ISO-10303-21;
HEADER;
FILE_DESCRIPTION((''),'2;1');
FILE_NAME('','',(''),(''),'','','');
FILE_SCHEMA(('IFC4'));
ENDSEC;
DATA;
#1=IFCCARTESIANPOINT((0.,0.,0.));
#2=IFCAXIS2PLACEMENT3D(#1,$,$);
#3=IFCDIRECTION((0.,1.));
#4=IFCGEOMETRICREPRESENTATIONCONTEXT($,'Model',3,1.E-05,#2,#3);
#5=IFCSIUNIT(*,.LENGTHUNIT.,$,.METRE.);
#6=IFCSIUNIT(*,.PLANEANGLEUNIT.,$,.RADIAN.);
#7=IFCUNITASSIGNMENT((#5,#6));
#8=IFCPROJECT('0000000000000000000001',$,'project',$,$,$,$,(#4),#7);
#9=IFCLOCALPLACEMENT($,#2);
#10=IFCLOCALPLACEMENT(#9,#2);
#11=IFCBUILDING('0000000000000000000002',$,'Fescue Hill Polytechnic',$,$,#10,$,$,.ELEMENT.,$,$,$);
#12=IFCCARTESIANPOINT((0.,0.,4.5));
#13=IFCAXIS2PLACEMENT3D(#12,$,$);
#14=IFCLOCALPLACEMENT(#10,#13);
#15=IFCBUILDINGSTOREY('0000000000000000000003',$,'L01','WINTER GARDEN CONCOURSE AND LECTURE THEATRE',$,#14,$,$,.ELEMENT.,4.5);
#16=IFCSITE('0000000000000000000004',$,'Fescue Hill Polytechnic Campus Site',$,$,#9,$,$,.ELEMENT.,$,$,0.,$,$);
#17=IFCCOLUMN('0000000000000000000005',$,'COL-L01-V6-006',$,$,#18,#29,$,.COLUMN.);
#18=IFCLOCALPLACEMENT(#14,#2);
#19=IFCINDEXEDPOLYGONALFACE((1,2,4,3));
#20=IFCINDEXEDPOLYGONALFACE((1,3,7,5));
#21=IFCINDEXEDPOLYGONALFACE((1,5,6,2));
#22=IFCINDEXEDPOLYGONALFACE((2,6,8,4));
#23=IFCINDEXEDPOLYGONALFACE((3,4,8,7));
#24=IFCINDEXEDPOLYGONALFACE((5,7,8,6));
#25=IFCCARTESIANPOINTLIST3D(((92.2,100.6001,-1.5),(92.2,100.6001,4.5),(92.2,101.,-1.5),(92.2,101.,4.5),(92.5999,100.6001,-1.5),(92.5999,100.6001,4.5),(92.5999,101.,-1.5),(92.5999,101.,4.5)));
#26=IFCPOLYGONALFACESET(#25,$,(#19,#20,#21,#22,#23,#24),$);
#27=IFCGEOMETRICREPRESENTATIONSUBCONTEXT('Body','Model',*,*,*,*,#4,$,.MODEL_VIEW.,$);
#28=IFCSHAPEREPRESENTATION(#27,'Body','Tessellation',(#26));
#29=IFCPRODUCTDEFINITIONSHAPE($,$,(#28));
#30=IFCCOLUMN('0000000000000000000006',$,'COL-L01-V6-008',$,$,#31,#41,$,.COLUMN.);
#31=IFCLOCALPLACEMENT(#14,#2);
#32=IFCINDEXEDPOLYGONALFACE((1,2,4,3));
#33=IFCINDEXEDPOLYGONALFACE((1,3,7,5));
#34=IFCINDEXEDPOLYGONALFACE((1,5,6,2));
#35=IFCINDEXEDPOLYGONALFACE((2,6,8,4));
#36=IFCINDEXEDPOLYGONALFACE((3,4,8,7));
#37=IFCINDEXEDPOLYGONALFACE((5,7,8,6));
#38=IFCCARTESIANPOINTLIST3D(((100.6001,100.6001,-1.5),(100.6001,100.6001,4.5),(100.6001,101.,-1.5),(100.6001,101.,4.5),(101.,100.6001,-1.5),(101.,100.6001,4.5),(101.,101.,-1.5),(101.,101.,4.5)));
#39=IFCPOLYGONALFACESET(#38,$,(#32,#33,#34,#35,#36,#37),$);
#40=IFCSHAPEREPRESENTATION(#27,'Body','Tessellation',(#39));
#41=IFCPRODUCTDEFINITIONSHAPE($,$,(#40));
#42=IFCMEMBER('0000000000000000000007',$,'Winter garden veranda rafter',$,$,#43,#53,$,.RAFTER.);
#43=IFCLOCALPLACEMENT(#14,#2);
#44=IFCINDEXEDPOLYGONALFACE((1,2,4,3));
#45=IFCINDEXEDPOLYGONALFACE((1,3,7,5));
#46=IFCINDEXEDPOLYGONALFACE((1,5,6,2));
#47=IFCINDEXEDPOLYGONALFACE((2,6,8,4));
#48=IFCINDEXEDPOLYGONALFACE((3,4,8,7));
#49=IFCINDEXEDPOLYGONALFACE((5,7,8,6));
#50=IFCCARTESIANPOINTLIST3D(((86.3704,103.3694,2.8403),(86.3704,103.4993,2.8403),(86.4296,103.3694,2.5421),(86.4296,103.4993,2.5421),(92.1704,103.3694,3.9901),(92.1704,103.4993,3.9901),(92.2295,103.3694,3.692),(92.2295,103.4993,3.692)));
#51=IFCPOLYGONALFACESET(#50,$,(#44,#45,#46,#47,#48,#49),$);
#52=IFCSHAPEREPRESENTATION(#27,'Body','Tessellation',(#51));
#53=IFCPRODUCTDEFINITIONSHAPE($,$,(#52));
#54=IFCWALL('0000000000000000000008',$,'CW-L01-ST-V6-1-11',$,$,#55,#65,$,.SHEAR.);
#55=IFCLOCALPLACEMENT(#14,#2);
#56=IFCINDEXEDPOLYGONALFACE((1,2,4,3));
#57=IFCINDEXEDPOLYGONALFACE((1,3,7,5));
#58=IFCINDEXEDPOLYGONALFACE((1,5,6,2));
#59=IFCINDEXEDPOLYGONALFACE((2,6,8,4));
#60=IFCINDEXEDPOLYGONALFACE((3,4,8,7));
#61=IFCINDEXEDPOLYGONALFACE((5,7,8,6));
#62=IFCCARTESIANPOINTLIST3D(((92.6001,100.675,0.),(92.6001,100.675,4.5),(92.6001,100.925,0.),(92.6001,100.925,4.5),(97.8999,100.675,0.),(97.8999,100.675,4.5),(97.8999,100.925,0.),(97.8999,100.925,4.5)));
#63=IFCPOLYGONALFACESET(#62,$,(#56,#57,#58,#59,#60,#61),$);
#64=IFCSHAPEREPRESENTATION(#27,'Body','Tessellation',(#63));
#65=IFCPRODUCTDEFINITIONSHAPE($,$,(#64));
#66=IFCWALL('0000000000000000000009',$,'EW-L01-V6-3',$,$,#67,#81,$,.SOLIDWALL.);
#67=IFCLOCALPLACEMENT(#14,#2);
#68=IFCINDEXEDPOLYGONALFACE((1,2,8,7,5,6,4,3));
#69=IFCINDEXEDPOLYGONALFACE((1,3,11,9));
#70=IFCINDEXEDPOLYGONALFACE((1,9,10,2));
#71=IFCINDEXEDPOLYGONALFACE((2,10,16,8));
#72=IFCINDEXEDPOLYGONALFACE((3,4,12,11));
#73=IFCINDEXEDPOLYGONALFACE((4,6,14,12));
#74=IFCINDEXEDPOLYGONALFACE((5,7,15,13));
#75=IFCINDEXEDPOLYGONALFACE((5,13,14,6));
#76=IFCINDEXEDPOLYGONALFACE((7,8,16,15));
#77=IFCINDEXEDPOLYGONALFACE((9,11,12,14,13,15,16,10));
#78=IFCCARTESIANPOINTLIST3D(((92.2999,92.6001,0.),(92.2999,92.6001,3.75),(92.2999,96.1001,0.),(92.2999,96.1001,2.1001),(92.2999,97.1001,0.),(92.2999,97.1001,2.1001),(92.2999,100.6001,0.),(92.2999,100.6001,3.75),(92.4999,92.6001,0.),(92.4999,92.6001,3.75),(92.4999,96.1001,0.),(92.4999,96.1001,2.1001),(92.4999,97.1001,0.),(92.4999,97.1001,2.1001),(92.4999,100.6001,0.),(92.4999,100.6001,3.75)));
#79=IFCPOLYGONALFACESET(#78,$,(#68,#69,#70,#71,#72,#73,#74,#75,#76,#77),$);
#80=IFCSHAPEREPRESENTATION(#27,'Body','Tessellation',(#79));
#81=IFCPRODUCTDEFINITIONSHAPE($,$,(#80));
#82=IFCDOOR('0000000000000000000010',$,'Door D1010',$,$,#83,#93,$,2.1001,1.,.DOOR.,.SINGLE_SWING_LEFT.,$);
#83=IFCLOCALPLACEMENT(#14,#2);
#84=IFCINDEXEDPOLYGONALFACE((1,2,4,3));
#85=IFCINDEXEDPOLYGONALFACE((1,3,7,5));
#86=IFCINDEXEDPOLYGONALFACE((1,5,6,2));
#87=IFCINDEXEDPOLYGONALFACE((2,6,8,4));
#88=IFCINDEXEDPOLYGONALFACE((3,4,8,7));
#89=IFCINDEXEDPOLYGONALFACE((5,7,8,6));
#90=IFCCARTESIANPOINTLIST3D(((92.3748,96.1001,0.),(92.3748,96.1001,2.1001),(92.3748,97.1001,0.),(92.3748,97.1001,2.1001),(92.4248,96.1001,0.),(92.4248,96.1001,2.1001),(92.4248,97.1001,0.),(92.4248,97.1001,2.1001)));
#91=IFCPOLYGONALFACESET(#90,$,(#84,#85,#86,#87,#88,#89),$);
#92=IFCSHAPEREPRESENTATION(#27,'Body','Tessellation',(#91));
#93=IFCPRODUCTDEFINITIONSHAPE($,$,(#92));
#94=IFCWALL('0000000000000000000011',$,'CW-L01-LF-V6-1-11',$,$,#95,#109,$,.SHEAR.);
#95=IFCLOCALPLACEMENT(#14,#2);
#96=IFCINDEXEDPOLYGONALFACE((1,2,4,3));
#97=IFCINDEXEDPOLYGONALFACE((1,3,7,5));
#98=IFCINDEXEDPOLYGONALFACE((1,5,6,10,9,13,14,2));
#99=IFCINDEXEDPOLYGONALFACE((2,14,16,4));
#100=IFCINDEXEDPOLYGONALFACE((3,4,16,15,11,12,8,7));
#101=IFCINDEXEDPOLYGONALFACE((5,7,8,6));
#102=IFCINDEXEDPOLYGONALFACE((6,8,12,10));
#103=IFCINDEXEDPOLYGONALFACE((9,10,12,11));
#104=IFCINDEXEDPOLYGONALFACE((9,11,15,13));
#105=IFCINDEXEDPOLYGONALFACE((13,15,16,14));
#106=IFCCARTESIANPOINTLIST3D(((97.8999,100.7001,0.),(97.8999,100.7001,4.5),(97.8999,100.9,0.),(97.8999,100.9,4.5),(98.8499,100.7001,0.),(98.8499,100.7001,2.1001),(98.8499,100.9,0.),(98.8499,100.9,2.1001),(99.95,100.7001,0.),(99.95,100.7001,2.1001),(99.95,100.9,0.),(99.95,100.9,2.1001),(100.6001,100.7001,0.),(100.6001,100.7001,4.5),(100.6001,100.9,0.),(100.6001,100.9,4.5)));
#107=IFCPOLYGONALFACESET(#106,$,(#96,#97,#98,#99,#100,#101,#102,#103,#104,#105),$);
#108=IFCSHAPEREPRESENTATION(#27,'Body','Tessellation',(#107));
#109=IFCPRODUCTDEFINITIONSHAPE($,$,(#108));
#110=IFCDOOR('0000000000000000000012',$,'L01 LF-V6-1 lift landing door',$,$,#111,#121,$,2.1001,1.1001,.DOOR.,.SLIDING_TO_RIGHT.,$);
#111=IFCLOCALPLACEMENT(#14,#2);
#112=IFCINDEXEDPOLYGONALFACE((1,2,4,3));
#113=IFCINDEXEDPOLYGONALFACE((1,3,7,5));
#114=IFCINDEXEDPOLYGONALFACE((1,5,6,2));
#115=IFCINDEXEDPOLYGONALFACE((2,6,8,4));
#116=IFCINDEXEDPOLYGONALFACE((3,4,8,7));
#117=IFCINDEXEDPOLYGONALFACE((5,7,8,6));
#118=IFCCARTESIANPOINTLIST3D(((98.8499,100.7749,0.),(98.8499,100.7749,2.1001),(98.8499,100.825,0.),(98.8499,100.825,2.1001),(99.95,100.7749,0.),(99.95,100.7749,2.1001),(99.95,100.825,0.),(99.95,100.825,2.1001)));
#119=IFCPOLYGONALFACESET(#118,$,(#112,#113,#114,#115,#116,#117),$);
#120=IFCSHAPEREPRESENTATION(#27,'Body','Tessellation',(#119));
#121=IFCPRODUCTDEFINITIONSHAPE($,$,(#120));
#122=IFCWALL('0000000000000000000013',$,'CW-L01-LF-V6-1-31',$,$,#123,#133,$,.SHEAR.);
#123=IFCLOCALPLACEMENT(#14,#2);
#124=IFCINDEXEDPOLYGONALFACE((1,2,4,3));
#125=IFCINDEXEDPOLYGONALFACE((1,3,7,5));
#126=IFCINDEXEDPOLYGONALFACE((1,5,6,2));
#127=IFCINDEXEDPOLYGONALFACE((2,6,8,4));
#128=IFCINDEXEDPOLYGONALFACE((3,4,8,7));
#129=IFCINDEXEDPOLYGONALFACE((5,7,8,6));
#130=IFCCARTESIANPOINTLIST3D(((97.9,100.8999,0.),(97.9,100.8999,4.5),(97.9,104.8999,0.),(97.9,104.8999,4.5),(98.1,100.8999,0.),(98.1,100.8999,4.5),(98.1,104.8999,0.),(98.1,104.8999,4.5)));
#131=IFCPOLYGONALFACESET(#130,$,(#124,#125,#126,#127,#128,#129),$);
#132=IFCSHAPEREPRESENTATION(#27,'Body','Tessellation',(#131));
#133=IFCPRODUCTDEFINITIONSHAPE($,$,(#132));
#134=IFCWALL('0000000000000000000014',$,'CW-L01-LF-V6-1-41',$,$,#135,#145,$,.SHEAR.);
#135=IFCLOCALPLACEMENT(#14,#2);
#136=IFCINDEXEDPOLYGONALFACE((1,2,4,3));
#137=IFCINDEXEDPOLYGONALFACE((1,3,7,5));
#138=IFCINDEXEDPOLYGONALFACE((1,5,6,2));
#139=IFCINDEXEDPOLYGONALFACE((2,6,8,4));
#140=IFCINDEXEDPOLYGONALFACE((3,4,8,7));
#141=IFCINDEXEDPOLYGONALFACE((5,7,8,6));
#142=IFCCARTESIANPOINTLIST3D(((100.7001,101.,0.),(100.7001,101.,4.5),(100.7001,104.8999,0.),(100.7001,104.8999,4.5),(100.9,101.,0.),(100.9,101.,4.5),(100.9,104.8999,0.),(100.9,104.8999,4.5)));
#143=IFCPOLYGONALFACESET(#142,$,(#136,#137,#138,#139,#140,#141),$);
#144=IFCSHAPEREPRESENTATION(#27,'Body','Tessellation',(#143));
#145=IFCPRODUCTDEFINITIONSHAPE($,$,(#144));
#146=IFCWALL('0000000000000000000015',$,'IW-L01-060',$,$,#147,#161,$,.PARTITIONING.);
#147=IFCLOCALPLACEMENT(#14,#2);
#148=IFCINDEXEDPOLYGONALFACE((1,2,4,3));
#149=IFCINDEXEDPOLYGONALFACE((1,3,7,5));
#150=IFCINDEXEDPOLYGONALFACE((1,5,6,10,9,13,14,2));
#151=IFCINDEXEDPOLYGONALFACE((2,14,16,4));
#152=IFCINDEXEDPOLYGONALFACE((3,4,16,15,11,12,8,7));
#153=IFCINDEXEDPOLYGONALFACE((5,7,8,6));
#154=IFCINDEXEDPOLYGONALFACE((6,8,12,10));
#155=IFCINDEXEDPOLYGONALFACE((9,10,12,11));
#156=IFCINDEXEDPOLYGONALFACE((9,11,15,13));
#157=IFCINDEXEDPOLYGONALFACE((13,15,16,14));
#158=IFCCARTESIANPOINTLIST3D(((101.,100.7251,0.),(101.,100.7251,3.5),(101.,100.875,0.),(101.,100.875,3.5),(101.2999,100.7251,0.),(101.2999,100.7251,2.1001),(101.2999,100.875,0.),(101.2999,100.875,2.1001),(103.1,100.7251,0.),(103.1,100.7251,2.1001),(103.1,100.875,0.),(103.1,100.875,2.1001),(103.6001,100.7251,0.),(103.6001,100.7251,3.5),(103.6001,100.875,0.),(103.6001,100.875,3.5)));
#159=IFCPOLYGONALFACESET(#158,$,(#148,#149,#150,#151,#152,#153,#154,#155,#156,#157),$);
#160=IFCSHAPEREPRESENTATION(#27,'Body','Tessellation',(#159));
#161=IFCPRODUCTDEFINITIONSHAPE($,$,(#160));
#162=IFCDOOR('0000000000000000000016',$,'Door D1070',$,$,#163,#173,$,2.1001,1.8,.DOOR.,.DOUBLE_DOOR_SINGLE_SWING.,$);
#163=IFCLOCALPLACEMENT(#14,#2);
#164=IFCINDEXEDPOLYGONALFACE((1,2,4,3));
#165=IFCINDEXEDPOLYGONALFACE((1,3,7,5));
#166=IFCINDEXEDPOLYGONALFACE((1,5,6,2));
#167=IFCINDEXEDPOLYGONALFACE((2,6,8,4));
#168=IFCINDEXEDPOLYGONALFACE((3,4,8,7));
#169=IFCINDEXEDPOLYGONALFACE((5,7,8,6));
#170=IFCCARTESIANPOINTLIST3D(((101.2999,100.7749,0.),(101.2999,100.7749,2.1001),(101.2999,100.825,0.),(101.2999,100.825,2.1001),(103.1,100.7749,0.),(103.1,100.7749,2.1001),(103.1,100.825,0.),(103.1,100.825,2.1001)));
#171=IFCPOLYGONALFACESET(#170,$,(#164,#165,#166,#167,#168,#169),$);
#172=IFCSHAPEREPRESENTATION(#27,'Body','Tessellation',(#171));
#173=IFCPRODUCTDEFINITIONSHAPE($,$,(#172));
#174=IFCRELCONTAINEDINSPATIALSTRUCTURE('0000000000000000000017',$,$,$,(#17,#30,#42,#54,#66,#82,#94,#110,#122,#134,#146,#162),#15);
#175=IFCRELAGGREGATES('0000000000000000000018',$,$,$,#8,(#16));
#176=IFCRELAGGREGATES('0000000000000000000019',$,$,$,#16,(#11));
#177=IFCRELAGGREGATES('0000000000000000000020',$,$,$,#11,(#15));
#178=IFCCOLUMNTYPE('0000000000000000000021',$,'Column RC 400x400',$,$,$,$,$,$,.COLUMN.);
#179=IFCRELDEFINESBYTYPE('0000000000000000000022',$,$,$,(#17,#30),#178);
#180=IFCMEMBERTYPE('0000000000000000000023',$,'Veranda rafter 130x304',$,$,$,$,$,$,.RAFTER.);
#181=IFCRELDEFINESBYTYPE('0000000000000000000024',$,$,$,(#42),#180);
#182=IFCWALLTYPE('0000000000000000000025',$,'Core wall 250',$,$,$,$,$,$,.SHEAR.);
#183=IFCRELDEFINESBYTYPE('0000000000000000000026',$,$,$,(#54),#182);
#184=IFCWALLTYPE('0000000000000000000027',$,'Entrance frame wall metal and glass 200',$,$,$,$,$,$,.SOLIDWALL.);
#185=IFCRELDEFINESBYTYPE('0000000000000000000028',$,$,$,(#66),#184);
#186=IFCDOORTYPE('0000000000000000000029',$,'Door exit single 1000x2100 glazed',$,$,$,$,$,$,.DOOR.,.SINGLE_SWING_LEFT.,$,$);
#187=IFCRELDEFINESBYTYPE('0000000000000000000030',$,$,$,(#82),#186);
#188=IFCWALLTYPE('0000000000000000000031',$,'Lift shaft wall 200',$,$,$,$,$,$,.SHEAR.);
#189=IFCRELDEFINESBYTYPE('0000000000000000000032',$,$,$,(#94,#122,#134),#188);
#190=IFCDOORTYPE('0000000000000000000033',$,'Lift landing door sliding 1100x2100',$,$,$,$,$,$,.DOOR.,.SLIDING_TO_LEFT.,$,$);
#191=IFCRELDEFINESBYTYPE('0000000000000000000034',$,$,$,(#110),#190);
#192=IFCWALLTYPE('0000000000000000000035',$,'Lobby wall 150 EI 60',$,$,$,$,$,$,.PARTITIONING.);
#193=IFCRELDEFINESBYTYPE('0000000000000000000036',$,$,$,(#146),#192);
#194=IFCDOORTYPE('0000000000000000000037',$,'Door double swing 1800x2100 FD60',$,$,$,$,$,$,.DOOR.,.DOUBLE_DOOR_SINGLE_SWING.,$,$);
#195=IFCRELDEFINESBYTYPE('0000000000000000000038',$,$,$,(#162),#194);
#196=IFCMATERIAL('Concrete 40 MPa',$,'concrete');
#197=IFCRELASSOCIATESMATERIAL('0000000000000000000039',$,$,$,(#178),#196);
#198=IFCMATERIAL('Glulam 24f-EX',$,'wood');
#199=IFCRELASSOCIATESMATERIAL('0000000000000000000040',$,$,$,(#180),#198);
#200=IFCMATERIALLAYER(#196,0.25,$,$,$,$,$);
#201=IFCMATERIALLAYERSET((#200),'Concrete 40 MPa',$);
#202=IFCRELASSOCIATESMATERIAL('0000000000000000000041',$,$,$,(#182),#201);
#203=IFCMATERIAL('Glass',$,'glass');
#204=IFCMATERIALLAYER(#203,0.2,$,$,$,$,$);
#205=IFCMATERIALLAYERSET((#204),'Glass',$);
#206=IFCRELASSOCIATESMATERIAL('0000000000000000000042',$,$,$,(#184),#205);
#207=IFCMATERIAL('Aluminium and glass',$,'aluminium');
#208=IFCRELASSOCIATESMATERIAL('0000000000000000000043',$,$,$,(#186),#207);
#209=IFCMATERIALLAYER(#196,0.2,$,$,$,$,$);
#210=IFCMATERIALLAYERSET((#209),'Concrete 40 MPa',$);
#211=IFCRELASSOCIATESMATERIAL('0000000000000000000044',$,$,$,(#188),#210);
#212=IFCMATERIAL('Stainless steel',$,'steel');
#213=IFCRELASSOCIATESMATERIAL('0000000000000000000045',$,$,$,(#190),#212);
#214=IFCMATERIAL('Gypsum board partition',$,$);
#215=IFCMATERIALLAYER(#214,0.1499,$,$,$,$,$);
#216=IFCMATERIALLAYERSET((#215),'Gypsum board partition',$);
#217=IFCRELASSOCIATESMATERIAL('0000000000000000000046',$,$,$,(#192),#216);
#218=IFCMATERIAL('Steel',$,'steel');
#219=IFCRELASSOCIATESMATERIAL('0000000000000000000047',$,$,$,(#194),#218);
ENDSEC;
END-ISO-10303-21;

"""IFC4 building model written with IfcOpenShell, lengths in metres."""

from ifc_helpers import new_model, si_unit, direction, frame, frame_2d, origin, origin_2d, place, context, subcontext, project, spatial, rectangle, extrude, material, layer, layer_set, material_profile, profile_set, type_object, element, fill, save


model = new_model("IFC4")

# Units and contexts
model_context = context("Model", 3, precision=1e-05, world=origin(), true_north=direction((0.0, 1.0)))
body_context = subcontext(model_context, "Body", "Model", "MODEL_VIEW")
ifc_project = project(units=[si_unit("LENGTHUNIT", "METRE"), si_unit("PLANEANGLEUNIT", "RADIAN")], contexts=[model_context])

# Site, building, storey
site_placement = place(None, origin())
site = spatial("IfcSite", under=ifc_project, at=site_placement, Name="Fescue Hill Polytechnic Campus Site", CompositionType="ELEMENT", RefElevation=0.0)
building_placement = place(site_placement, origin())
building = spatial("IfcBuilding", under=site, at=building_placement, Name="Fescue Hill Polytechnic", CompositionType="ELEMENT")
storey_placement = place(building_placement, frame((0.0, 0.0, 4.5)))
storey = spatial("IfcBuildingStorey", under=building, at=storey_placement, Name="L01", Description="WINTER GARDEN CONCOURSE AND LECTURE THEATRE", CompositionType="ELEMENT", Elevation=4.5)

# Columns
ifc_material_1 = material(Name="Concrete 40 MPa", Category="concrete")
ifc_material_profile_1 = material_profile(ifc_material_1, rectangle(XDim=0.3999, YDim=0.3999, at=origin_2d()), Name="RC 400x400")
ifc_profile_set_1 = profile_set([ifc_material_profile_1], Name="Concrete 40 MPa")
column_type = type_object("IfcColumnType", Name="Column RC 400x400", PredefinedType="COLUMN", material=ifc_profile_set_1)
for number, where, z_axis, x_axis, name in (
    (1, (92.3999, 100.8, -1.5), (0.0, 0.0, 1.0), (1.0, 0.0, 0.0), "COL-L01-V6-006"),
    (2, (100.8, 100.8, -1.5), (0.0, 0.0, 1.0), (1.0, 0.0, 0.0), "COL-L01-V6-008"),
):
    element("IfcColumn", number, at=place(storey_placement, frame(where, z_axis=z_axis, x_axis=x_axis)), inside=storey, type_object=column_type, Name=name, PredefinedType="COLUMN", context=body_context, shape_type="SweptSolid", body=[
        extrude(rectangle(XDim=0.3999, YDim=0.3999, at=origin_2d()), origin(), (0.0, 0.0, 1.0), 6.0),
    ])

# Member
ifc_material_2 = material(Name="Glulam 24f-EX", Category="wood")
ifc_material_profile_2 = material_profile(ifc_material_2, rectangle(XDim=0.1299, YDim=0.304, at=origin_2d()), Name="Veranda rafter 130x304")
ifc_profile_set_2 = profile_set([ifc_material_profile_2], Name="Glulam 24f-EX")
member_type = type_object("IfcMemberType", Name="Veranda rafter 130x304", PredefinedType="RAFTER", material=ifc_profile_set_2)
member_placement = place(storey_placement, frame((92.2, 103.4343, 3.8411), z_axis=(-0.980908, 0.0, -0.194472), x_axis=(0.0, -1.0, 0.0)))
element("IfcMember", 3, at=member_placement, inside=storey, type_object=member_type, Name="Winter garden veranda rafter", PredefinedType="RAFTER", context=body_context, shape_type="SweptSolid", body=[
    extrude(rectangle(XDim=0.1299, YDim=0.304, at=origin_2d()), origin(), (0.0, 0.0, 1.0), 5.9128),
])

# Wall
ifc_layer_1 = layer(ifc_material_1, 0.25)
ifc_layer_set_1 = layer_set([ifc_layer_1], Name="Concrete 40 MPa")
wall_type_1 = type_object("IfcWallType", Name="Core wall 250", PredefinedType="SHEAR", material=ifc_layer_set_1)
wall_1_placement = place(storey_placement, frame((92.6001, 100.8, 0.0), z_axis=(0.0, 0.0, 1.0), x_axis=(1.0, 0.0, 0.0)))
element("IfcWall", 4, at=wall_1_placement, inside=storey, type_object=wall_type_1, Name="CW-L01-ST-V6-1-11", PredefinedType="SHEAR", context=body_context, shape_type="SweptSolid", body=[
    extrude(rectangle(XDim=5.2998, YDim=0.25, at=frame_2d((2.6499, 0.0))), origin(), (0.0, 0.0, 1.0), 4.5),
])

# Walls, openings, doors
ifc_material_3 = material(Name="Glass", Category="glass")
ifc_layer_2 = layer(ifc_material_3, 0.2)
ifc_layer_set_2 = layer_set([ifc_layer_2], Name="Glass")
wall_type_2 = type_object("IfcWallType", Name="Entrance frame wall metal and glass 200", PredefinedType="SOLIDWALL", material=ifc_layer_set_2)
wall_2_placement = place(storey_placement, frame((92.3999, 100.6001, 0.0), z_axis=(0.0, 0.0, 1.0), x_axis=(0.0, -1.0, 0.0)))
wall_2 = element("IfcWall", 5, at=wall_2_placement, inside=storey, type_object=wall_type_2, Name="EW-L01-V6-3", PredefinedType="SOLIDWALL", context=body_context, shape_type="SweptSolid", body=[
    extrude(rectangle(XDim=8.0, YDim=0.2, at=frame_2d((4.0, 0.0))), origin(), (0.0, 0.0, 1.0), 3.75),
])
opening_1_placement = place(wall_2_placement, frame((3.5, 0.0, 0.0)))
opening_1 = element("IfcOpeningElement", 6, at=opening_1_placement, cuts=wall_2, PredefinedType="OPENING", context=body_context, shape_type="SweptSolid", body=[
    extrude(rectangle(XDim=1.0, YDim=2.1001, at=frame_2d((0.5, 1.05))), frame((0.0, 0.1099, 0.0), z_axis=(0.0, -1.0, 0.0), x_axis=(1.0, 0.0, 0.0)), (0.0, 0.0, 1.0), 0.22),
])
ifc_material_4 = material(Name="Aluminium and glass", Category="aluminium")
door_type_1 = type_object("IfcDoorType", Name="Door exit single 1000x2100 glazed", OperationType="SINGLE_SWING_LEFT", PredefinedType="DOOR", material=ifc_material_4)
door_1_placement = place(opening_1_placement, origin())
door_1 = element("IfcDoor", 7, at=door_1_placement, inside=storey, type_object=door_type_1, Name="Door D1010", OperationType="SINGLE_SWING_LEFT", OverallHeight=2.1001, OverallWidth=1.0, PredefinedType="DOOR", context=body_context, shape_type="SweptSolid", body=[
    extrude(rectangle(XDim=1.0, YDim=2.1001, at=frame_2d((0.5, 1.05))), frame((0.0, 0.0249, 0.0), z_axis=(0.0, -1.0, 0.0), x_axis=(1.0, 0.0, 0.0)), (0.0, 0.0, 1.0), 0.05),
])
fill(opening_1, door_1)
ifc_layer_3 = layer(ifc_material_1, 0.2)
ifc_layer_set_3 = layer_set([ifc_layer_3], Name="Concrete 40 MPa")
wall_type_3 = type_object("IfcWallType", Name="Lift shaft wall 200", PredefinedType="SHEAR", material=ifc_layer_set_3)
wall_3_placement = place(storey_placement, frame((97.8999, 100.8, 0.0), z_axis=(0.0, 0.0, 1.0), x_axis=(1.0, 0.0, 0.0)))
wall_3 = element("IfcWall", 8, at=wall_3_placement, inside=storey, type_object=wall_type_3, Name="CW-L01-LF-V6-1-11", PredefinedType="SHEAR", context=body_context, shape_type="SweptSolid", body=[
    extrude(rectangle(XDim=2.7002, YDim=0.2, at=frame_2d((1.3501, 0.0))), origin(), (0.0, 0.0, 1.0), 4.5),
])
opening_2_placement = place(wall_3_placement, frame((0.95, 0.0, 0.0)))
opening_2 = element("IfcOpeningElement", 9, at=opening_2_placement, cuts=wall_3, PredefinedType="OPENING", context=body_context, shape_type="SweptSolid", body=[
    extrude(rectangle(XDim=1.1001, YDim=2.1001, at=frame_2d((0.55, 1.05))), frame((0.0, 0.1099, 0.0), z_axis=(0.0, -1.0, 0.0), x_axis=(1.0, 0.0, 0.0)), (0.0, 0.0, 1.0), 0.22),
])
ifc_material_5 = material(Name="Stainless steel", Category="steel")
door_type_2 = type_object("IfcDoorType", Name="Lift landing door sliding 1100x2100", OperationType="SLIDING_TO_LEFT", PredefinedType="DOOR", material=ifc_material_5)
door_2_placement = place(opening_2_placement, origin())
door_2 = element("IfcDoor", 10, at=door_2_placement, inside=storey, type_object=door_type_2, Name="L01 LF-V6-1 lift landing door", OperationType="SLIDING_TO_RIGHT", OverallHeight=2.1001, OverallWidth=1.1001, PredefinedType="DOOR", context=body_context, shape_type="SweptSolid", body=[
    extrude(rectangle(XDim=1.1001, YDim=2.1001, at=frame_2d((0.55, 1.05))), frame((0.0, 0.0249, 0.0), z_axis=(0.0, -1.0, 0.0), x_axis=(1.0, 0.0, 0.0)), (0.0, 0.0, 1.0), 0.05),
])
fill(opening_2, door_2)

# Walls
wall_4_placement = place(storey_placement, frame((98.0, 100.8999, 0.0), z_axis=(0.0, 0.0, 1.0), x_axis=(0.0, 1.0, 0.0)))
element("IfcWall", 11, at=wall_4_placement, inside=storey, type_object=wall_type_3, Name="CW-L01-LF-V6-1-31", PredefinedType="SHEAR", context=body_context, shape_type="SweptSolid", body=[
    extrude(rectangle(XDim=4.0, YDim=0.2, at=frame_2d((2.0, 0.0))), origin(), (0.0, 0.0, 1.0), 4.5),
])
wall_5_placement = place(storey_placement, frame((100.8, 101.0, 0.0), z_axis=(0.0, 0.0, 1.0), x_axis=(0.0, 1.0, 0.0)))
element("IfcWall", 12, at=wall_5_placement, inside=storey, type_object=wall_type_3, Name="CW-L01-LF-V6-1-41", PredefinedType="SHEAR", context=body_context, shape_type="SweptSolid", body=[
    extrude(rectangle(XDim=3.8999, YDim=0.2, at=frame_2d((1.95, 0.0))), origin(), (0.0, 0.0, 1.0), 4.5),
])

# Wall, opening, door
ifc_material_6 = material(Name="Gypsum board partition")
ifc_layer_4 = layer(ifc_material_6, 0.1499)
ifc_layer_set_4 = layer_set([ifc_layer_4], Name="Gypsum board partition")
wall_type_4 = type_object("IfcWallType", Name="Lobby wall 150 EI 60", PredefinedType="PARTITIONING", material=ifc_layer_set_4)
wall_6_placement = place(storey_placement, frame((101.0, 100.8, 0.0), z_axis=(0.0, 0.0, 1.0), x_axis=(1.0, 0.0, 0.0)))
wall_6 = element("IfcWall", 13, at=wall_6_placement, inside=storey, type_object=wall_type_4, Name="IW-L01-060", PredefinedType="PARTITIONING", context=body_context, shape_type="SweptSolid", body=[
    extrude(rectangle(XDim=2.6001, YDim=0.1499, at=frame_2d((1.3, 0.0))), origin(), (0.0, 0.0, 1.0), 3.5),
])
opening_3_placement = place(wall_6_placement, frame((0.3, 0.0, 0.0)))
opening_3 = element("IfcOpeningElement", 14, at=opening_3_placement, cuts=wall_6, PredefinedType="OPENING", context=body_context, shape_type="SweptSolid", body=[
    extrude(rectangle(XDim=1.8, YDim=2.1001, at=frame_2d((0.8999, 1.05))), frame((0.0, 0.085, 0.0), z_axis=(0.0, -1.0, 0.0), x_axis=(1.0, 0.0, 0.0)), (0.0, 0.0, 1.0), 0.1699),
])
ifc_material_7 = material(Name="Steel", Category="steel")
door_type_3 = type_object("IfcDoorType", Name="Door double swing 1800x2100 FD60", OperationType="DOUBLE_DOOR_SINGLE_SWING", PredefinedType="DOOR", material=ifc_material_7)
door_3_placement = place(opening_3_placement, origin())
door_3 = element("IfcDoor", 15, at=door_3_placement, inside=storey, type_object=door_type_3, Name="Door D1070", OperationType="DOUBLE_DOOR_SINGLE_SWING", OverallHeight=2.1001, OverallWidth=1.8, PredefinedType="DOOR", context=body_context, shape_type="SweptSolid", body=[
    extrude(rectangle(XDim=1.8, YDim=2.1001, at=frame_2d((0.8999, 1.05))), frame((0.0, 0.0249, 0.0), z_axis=(0.0, -1.0, 0.0), x_axis=(1.0, 0.0, 0.0)), (0.0, 0.0, 1.0), 0.05),
])
fill(opening_3, door_3)

save(model, "model.ifc")
